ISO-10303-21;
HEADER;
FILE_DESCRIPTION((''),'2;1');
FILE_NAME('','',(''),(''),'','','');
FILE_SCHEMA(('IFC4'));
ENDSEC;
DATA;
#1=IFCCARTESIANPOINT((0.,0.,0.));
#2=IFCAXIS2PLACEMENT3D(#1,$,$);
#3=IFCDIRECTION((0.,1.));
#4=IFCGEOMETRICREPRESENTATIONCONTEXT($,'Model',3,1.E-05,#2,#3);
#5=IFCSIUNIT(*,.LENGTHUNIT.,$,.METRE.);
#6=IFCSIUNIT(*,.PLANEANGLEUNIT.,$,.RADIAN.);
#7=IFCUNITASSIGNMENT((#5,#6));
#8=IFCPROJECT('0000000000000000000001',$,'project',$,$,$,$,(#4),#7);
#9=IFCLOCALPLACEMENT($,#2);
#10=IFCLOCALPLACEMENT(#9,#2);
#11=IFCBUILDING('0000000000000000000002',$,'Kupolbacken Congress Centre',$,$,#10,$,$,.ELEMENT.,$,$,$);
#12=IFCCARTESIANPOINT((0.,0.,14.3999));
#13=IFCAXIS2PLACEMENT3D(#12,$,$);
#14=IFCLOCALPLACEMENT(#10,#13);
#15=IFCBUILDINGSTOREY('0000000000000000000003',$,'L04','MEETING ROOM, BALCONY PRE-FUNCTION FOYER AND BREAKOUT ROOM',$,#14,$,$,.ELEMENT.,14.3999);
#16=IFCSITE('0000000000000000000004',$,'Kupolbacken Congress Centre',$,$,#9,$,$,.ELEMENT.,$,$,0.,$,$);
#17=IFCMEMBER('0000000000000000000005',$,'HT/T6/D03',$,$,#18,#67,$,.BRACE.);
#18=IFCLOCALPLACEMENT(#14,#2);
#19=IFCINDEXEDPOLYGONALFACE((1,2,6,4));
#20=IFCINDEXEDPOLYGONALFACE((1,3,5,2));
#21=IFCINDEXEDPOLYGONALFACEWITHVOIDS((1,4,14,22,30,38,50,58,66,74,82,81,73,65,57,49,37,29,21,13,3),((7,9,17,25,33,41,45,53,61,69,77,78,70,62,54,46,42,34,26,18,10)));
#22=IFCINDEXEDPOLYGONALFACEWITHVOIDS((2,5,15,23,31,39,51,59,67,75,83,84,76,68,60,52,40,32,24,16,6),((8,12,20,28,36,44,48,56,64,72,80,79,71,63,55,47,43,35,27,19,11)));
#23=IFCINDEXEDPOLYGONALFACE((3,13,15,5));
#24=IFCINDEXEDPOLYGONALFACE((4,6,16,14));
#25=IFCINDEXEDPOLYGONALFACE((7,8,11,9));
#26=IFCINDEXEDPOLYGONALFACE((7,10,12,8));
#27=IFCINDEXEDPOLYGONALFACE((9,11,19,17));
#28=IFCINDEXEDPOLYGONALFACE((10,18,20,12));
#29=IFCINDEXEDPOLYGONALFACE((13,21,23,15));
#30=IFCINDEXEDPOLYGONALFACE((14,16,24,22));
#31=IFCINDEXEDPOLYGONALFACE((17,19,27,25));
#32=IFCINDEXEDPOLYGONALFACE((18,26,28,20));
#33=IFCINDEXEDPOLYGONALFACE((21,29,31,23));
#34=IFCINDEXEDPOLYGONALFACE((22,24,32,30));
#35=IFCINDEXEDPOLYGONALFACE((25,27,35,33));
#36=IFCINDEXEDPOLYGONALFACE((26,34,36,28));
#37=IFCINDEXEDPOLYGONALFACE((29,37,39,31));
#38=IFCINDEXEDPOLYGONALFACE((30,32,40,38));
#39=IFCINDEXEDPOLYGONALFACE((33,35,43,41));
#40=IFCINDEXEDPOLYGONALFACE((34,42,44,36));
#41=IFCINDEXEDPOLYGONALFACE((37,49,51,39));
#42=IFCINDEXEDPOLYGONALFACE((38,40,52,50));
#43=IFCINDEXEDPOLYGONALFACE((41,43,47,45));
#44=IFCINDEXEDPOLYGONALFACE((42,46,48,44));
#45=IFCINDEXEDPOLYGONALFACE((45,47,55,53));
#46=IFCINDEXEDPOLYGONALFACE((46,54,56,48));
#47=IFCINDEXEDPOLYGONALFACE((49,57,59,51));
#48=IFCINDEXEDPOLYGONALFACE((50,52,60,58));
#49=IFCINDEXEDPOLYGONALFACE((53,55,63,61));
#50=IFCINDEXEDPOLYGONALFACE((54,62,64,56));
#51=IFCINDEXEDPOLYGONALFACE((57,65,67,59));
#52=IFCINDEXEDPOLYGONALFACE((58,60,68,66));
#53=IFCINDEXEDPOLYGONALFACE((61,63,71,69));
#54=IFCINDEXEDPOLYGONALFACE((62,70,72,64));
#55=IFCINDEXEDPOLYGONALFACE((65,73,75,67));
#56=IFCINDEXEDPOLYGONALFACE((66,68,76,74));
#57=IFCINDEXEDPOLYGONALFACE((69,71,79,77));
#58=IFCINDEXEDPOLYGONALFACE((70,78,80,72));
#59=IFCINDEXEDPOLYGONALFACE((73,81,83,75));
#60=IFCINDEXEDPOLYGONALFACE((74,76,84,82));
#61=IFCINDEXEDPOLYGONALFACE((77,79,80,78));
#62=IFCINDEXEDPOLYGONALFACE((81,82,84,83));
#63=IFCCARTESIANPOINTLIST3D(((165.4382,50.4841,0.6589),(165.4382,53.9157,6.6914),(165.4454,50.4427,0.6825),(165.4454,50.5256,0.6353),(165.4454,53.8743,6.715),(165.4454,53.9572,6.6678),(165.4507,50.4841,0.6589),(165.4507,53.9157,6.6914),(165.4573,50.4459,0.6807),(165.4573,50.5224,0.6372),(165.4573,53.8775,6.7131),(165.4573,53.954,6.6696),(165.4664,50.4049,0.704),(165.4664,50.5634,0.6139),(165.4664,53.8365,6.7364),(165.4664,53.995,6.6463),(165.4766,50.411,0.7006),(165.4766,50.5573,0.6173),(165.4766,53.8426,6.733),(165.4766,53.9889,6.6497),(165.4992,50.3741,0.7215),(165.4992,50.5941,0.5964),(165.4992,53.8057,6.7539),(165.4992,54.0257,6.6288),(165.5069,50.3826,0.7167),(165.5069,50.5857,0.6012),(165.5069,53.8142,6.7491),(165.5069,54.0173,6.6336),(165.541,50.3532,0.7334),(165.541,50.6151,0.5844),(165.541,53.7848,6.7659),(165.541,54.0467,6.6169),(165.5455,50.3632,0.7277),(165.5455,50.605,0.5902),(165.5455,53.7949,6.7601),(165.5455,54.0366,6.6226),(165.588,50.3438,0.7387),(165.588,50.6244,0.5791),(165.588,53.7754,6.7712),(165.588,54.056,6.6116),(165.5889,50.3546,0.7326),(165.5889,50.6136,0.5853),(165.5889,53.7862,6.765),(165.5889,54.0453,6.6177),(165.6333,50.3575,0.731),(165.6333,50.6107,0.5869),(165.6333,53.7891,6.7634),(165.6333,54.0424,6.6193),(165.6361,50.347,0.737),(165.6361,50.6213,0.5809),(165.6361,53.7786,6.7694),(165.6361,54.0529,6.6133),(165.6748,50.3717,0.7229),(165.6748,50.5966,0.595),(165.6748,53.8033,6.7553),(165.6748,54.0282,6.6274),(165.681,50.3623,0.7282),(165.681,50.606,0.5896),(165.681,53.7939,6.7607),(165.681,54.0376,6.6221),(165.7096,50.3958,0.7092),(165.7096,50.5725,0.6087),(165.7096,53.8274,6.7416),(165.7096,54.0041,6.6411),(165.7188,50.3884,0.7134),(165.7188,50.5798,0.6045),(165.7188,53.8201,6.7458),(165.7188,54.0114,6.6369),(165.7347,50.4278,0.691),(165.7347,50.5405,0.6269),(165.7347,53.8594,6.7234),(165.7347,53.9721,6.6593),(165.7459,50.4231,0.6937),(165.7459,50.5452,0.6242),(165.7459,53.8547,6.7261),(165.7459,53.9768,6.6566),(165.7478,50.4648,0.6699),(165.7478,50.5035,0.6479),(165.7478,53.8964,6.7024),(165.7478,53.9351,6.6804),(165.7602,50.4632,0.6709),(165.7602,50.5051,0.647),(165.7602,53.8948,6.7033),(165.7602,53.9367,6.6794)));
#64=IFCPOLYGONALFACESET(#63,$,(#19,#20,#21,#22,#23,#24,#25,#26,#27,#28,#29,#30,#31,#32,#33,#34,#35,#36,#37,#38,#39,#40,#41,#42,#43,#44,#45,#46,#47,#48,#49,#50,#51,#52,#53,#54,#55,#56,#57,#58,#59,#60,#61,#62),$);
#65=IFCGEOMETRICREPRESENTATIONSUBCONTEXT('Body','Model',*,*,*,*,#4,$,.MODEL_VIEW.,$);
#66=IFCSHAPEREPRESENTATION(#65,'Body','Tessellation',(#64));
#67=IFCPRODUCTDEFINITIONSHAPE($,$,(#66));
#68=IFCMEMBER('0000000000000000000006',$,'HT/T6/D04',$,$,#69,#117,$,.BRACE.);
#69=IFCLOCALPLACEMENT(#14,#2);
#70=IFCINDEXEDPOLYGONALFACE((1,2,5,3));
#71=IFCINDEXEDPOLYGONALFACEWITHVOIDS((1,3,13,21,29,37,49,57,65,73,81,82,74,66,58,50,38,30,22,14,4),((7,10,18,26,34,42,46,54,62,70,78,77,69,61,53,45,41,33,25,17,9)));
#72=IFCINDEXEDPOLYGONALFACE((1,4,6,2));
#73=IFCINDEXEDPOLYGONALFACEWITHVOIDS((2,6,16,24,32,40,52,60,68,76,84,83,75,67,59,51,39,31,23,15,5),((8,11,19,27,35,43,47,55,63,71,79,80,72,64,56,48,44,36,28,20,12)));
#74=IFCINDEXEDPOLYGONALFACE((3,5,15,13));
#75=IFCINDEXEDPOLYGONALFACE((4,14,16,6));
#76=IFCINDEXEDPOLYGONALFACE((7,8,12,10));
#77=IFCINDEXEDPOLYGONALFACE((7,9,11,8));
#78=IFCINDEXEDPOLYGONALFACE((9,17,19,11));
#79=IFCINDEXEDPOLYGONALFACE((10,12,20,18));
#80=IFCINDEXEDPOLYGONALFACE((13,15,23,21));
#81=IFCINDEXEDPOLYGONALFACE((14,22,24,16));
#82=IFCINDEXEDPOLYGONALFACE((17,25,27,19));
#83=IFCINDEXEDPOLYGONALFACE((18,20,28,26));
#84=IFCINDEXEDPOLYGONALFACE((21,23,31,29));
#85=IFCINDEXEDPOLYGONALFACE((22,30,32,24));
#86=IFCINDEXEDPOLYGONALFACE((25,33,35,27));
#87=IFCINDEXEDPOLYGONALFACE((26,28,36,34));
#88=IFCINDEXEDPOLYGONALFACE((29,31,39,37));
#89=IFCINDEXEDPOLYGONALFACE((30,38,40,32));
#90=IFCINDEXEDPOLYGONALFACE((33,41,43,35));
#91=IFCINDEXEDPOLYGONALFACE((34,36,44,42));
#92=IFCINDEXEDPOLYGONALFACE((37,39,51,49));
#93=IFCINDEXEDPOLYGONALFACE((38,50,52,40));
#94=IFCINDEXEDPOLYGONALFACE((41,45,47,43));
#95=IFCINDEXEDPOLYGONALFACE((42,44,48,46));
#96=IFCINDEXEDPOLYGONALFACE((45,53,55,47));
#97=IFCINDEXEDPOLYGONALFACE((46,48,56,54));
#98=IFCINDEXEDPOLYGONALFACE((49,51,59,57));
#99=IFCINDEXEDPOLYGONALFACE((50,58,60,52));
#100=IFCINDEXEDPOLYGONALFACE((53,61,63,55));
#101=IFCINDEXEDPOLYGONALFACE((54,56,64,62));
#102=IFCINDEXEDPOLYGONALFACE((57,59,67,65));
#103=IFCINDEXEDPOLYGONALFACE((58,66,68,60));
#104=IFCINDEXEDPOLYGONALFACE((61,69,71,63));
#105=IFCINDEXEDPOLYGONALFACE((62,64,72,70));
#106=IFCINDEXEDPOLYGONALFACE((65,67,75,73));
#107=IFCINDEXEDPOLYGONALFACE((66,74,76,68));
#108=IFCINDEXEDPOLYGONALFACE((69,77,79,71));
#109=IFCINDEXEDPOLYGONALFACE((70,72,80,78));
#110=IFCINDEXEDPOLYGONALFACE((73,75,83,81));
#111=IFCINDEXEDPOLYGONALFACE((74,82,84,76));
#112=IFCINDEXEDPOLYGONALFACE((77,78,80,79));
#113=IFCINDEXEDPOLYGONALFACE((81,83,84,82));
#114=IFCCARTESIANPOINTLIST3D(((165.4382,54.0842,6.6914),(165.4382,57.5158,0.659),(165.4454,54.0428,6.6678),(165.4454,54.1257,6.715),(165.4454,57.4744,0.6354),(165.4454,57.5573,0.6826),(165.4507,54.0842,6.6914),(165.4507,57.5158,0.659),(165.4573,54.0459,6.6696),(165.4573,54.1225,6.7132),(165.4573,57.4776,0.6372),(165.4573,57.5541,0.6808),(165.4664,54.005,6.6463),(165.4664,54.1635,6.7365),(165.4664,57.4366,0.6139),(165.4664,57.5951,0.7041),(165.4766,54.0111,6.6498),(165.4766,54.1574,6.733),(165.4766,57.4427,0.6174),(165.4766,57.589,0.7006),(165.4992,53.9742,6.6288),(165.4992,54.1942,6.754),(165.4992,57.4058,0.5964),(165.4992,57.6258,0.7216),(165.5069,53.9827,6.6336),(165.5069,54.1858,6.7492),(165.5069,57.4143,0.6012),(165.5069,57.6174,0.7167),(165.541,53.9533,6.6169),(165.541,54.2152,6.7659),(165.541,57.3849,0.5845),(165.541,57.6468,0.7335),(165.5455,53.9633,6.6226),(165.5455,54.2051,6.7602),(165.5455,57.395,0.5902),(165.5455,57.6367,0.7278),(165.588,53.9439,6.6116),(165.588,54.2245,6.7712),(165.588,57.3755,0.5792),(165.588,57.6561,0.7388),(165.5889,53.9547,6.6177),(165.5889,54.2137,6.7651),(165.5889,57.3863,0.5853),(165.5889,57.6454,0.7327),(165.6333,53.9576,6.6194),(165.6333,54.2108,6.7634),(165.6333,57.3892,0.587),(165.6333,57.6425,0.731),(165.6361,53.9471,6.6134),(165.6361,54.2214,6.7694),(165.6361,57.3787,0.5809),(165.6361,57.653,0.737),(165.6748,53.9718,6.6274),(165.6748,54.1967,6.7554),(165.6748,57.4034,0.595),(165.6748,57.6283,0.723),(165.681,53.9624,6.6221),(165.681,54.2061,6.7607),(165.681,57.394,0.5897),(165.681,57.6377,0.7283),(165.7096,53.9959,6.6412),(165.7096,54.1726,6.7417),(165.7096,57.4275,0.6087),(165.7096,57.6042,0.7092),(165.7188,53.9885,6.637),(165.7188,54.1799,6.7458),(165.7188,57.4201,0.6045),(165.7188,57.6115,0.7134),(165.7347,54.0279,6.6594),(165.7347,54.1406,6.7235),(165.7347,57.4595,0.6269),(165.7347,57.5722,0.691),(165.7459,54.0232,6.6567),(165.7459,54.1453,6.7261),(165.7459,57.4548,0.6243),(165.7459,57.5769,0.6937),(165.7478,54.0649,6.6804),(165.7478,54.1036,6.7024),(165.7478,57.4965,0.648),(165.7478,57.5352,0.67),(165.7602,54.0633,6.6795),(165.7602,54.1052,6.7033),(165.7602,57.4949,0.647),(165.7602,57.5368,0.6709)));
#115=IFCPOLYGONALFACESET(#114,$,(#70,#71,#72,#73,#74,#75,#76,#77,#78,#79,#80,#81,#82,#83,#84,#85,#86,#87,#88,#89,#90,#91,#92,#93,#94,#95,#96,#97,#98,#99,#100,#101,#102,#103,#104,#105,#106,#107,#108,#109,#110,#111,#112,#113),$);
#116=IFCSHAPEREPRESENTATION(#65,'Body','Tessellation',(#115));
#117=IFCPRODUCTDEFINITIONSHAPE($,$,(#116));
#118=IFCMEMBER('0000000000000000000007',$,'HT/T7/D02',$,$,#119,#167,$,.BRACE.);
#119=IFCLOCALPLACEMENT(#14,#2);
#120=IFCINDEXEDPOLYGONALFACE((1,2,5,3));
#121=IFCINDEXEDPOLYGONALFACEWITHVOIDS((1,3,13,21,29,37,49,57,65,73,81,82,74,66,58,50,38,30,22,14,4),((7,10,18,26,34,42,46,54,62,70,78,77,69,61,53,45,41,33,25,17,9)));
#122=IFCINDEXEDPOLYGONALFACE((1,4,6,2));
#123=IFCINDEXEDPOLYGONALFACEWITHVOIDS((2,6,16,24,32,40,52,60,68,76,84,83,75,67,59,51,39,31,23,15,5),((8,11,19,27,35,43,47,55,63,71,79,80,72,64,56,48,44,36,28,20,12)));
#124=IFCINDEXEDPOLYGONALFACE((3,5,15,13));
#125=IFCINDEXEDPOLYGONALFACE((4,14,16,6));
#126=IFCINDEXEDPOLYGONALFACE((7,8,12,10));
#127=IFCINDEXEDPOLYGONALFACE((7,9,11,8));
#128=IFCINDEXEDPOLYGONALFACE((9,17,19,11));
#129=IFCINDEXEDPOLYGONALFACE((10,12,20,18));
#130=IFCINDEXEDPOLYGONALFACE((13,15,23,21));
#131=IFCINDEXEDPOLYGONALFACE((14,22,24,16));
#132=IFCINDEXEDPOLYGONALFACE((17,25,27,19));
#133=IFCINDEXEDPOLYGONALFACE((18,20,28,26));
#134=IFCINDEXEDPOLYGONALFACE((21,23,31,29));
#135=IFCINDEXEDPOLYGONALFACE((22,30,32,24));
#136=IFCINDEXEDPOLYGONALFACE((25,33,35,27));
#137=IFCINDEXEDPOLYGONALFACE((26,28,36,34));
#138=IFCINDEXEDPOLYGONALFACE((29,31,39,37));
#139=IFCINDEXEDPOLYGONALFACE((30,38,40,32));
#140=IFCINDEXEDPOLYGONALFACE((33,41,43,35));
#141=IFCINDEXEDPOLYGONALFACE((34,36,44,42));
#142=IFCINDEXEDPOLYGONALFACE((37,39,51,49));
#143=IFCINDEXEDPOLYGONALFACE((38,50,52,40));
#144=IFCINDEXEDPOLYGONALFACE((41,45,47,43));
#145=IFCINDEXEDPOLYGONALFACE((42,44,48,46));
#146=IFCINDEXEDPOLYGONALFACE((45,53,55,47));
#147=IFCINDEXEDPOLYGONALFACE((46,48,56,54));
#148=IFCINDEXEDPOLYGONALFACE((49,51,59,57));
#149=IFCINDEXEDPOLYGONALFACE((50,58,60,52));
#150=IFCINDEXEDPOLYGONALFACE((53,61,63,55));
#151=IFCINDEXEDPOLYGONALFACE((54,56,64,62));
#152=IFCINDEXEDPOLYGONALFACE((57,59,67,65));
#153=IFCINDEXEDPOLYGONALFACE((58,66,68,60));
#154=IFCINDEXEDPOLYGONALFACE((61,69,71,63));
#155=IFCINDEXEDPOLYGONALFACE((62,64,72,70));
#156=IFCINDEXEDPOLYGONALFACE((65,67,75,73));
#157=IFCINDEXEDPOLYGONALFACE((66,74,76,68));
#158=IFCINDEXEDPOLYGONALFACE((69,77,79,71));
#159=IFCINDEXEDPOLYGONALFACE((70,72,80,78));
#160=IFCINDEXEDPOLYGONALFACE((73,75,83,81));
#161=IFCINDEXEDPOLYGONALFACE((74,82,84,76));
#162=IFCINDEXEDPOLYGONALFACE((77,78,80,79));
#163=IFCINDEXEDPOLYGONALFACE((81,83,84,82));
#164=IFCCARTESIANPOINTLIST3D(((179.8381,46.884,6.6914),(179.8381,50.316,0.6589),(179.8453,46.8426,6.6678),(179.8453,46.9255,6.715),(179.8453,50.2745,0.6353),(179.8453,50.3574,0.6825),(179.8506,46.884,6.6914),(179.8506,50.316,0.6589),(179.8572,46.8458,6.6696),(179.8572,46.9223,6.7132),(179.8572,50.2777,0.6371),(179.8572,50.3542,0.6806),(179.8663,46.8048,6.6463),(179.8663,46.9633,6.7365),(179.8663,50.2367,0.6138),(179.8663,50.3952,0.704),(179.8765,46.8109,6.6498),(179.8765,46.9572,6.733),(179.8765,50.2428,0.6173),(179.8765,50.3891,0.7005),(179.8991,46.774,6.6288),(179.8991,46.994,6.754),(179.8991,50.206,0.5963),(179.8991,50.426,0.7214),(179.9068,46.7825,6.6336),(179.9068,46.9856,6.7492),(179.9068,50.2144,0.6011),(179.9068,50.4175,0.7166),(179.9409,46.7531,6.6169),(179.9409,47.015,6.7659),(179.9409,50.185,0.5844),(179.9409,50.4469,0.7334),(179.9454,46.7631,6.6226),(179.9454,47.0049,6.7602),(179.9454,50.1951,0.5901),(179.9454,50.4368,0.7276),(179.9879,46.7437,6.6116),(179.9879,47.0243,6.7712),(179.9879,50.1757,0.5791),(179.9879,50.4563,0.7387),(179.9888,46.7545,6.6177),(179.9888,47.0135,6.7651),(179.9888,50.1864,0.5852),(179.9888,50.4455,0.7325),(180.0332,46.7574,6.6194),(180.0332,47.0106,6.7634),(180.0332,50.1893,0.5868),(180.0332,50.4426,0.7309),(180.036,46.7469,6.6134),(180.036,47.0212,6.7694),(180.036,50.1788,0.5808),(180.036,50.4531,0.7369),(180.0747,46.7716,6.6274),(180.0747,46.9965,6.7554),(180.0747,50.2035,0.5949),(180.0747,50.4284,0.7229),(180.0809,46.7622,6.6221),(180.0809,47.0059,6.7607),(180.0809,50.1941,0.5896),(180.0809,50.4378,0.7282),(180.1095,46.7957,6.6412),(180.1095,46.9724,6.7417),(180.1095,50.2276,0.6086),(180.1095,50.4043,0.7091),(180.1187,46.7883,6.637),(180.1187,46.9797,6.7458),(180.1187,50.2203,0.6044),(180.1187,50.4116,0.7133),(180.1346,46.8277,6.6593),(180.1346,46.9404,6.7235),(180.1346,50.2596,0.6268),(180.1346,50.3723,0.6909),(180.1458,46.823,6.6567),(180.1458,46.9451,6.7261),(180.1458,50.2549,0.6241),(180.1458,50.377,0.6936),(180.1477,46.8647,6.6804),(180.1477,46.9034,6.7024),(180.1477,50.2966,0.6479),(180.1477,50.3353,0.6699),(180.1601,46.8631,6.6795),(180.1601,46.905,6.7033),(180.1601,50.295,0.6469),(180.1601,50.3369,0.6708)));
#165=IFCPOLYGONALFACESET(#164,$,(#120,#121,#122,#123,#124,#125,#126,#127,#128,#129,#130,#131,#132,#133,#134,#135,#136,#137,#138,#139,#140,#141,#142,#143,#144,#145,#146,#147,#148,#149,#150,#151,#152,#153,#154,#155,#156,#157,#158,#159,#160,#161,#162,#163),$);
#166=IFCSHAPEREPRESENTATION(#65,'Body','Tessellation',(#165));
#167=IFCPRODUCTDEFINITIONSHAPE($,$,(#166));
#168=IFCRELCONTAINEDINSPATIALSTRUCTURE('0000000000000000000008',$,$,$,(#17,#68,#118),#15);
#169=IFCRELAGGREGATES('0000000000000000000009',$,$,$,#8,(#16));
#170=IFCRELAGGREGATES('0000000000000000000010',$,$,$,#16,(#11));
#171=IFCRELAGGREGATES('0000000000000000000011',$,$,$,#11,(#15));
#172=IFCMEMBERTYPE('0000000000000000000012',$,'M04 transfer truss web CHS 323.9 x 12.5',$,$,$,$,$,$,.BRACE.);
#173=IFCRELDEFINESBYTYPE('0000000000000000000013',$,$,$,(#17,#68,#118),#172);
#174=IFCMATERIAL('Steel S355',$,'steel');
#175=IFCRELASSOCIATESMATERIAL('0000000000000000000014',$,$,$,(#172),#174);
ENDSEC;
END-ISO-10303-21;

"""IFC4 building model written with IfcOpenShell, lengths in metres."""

from ifc_helpers import new_model, si_unit, direction, frame, origin, origin_2d, place, context, subcontext, project, spatial, hollow_circle, extrude, material, material_profile, profile_set, type_object, element, save


model = new_model("IFC4")

# Units and contexts
model_context = context("Model", 3, precision=1e-05, world=origin(), true_north=direction((0.0, 1.0)))
body_context = subcontext(model_context, "Body", "Model", "MODEL_VIEW")
ifc_project = project(units=[si_unit("LENGTHUNIT", "METRE"), si_unit("PLANEANGLEUNIT", "RADIAN")], contexts=[model_context])

# Site, building, storey
site_placement = place(None, origin())
site = spatial("IfcSite", under=ifc_project, at=site_placement, Name="Kupolbacken Congress Centre", CompositionType="ELEMENT", RefElevation=0.0)
building_placement = place(site_placement, origin())
building = spatial("IfcBuilding", under=site, at=building_placement, Name="Kupolbacken Congress Centre", CompositionType="ELEMENT")
storey_placement = place(building_placement, frame((0.0, 0.0, 14.3999)))
storey = spatial("IfcBuildingStorey", under=building, at=storey_placement, Name="L04", Description="MEETING ROOM, BALCONY PRE-FUNCTION FOYER AND BREAKOUT ROOM", CompositionType="ELEMENT", Elevation=14.3999)

# Members
ifc_material_1 = material(Name="Steel S355", Category="steel")
ifc_material_profile_1 = material_profile(ifc_material_1, hollow_circle(Radius=0.1619, WallThickness=0.0125, at=origin_2d()), Name="CHS 323.9 x 12.5")
ifc_profile_set_1 = profile_set([ifc_material_profile_1], Name="Steel S355")
member_type_1 = type_object("IfcMemberType", Name="M04 transfer truss web CHS 323.9 x 12.5", PredefinedType="BRACE", material=ifc_profile_set_1)
for number, where, z_axis, x_axis, name in (
    (1, (165.6001, 50.4841, 0.6589), (0.0, 0.494456, 0.869203), (-1.0, 0.0, 0.0), "HT/T6/D03"),
    (2, (165.6001, 54.0842, 6.6914), (0.0, 0.494456, -0.869203), (-1.0, 0.0, 0.0), "HT/T6/D04"),
):
    element("IfcMember", number, at=place(storey_placement, frame(where, z_axis=z_axis, x_axis=x_axis)), inside=storey, type_object=member_type_1, Name=name, PredefinedType="BRACE", context=body_context, shape_type="SweptSolid", body=[
        extrude(hollow_circle(Radius=0.1619, WallThickness=0.0125, at=origin_2d()), origin(), (0.0, 0.0, 1.0), 6.9402),
    ])
member_1_placement = place(storey_placement, frame((180.0, 46.884, 6.6914), z_axis=(0.0, 0.494483, -0.869188), x_axis=(-1.0, 0.0, 0.0)))
element("IfcMember", 3, at=member_1_placement, inside=storey, type_object=member_type_1, Name="HT/T7/D02", PredefinedType="BRACE", context=body_context, shape_type="SweptSolid", body=[
    extrude(hollow_circle(Radius=0.1619, WallThickness=0.0125, at=origin_2d()), origin(), (0.0, 0.0, 1.0), 6.9404),
])

save(model, "model.ifc")
